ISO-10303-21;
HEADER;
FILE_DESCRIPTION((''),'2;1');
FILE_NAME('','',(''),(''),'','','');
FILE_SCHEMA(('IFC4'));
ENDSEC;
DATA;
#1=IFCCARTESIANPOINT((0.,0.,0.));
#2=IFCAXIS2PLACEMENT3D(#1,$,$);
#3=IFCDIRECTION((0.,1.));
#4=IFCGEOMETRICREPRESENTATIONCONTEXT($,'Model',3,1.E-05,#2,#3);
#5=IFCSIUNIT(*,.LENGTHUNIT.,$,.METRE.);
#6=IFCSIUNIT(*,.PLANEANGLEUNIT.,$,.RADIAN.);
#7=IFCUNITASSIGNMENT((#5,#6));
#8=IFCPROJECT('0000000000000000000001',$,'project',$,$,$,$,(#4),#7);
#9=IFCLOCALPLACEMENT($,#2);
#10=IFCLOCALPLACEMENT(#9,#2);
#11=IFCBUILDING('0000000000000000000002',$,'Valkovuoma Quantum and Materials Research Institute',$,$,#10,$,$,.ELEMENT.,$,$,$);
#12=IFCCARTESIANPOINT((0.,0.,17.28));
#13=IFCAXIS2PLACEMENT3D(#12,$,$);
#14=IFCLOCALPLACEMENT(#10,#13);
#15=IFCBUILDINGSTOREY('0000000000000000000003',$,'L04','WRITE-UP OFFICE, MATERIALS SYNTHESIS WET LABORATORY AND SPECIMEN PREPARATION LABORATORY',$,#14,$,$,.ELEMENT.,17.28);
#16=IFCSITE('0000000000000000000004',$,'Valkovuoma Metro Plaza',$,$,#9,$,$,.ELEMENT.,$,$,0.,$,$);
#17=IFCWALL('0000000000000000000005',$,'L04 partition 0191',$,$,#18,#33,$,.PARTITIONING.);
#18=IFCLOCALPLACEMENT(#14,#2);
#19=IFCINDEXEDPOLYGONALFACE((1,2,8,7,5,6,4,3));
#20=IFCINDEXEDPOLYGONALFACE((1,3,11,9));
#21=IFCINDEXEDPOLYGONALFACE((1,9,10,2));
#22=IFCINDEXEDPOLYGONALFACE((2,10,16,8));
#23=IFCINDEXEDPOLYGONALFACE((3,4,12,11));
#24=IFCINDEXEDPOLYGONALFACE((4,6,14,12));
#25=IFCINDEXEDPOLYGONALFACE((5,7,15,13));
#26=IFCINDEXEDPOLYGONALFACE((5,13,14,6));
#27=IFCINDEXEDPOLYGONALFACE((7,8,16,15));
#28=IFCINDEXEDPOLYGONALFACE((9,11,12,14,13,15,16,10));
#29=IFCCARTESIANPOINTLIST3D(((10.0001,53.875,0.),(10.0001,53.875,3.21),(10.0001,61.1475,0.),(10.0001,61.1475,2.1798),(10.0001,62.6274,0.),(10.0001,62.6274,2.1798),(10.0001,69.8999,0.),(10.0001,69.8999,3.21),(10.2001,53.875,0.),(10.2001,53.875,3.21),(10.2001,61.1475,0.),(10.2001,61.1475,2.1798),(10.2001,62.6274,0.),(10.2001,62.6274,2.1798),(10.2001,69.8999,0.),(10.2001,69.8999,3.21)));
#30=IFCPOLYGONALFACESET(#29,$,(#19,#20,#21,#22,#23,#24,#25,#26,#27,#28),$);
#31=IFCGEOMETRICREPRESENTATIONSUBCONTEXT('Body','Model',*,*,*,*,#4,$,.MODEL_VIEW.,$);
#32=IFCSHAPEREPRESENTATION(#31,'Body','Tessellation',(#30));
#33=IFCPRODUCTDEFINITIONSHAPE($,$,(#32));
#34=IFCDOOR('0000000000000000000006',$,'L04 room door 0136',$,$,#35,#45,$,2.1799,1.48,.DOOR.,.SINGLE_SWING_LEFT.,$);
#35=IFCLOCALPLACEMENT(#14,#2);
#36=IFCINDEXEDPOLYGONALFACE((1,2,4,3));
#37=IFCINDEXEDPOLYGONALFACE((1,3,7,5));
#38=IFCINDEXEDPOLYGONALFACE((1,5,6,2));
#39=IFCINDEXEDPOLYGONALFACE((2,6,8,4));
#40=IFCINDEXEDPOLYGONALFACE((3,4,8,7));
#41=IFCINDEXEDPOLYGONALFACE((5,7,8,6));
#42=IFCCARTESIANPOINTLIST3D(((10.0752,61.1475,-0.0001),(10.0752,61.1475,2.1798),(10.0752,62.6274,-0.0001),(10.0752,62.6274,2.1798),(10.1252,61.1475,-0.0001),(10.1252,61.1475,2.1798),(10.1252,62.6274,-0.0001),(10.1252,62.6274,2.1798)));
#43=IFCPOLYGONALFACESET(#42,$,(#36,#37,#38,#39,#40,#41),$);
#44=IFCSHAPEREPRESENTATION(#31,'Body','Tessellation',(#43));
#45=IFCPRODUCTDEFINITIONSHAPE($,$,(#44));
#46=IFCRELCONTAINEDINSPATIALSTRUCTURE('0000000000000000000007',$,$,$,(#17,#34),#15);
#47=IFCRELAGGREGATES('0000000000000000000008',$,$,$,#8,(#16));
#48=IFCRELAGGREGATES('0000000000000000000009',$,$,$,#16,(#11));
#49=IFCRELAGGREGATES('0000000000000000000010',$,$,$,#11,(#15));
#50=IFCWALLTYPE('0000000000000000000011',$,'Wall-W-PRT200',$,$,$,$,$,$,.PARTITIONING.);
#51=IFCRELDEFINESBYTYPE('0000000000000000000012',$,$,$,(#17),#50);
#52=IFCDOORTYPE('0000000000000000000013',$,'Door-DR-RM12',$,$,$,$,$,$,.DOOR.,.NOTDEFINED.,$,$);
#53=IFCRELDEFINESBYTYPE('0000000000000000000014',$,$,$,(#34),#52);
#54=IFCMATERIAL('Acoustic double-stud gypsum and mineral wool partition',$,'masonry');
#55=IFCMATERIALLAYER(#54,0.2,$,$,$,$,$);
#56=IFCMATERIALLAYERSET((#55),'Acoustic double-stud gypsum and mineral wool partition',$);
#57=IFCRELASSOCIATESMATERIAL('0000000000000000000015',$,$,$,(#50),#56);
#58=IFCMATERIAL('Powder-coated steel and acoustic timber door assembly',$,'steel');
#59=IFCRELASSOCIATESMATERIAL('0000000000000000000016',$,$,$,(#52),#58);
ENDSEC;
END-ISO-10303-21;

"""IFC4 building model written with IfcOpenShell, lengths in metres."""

from ifc_helpers import new_model, si_unit, direction, frame, frame_2d, origin, place, context, subcontext, project, spatial, rectangle, extrude, material, layer, layer_set, type_object, element, fill, save


model = new_model("IFC4")

# Units and contexts
model_context = context("Model", 3, precision=1e-05, world=origin(), true_north=direction((0.0, 1.0)))
body_context = subcontext(model_context, "Body", "Model", "MODEL_VIEW")
ifc_project = project(units=[si_unit("LENGTHUNIT", "METRE"), si_unit("PLANEANGLEUNIT", "RADIAN")], contexts=[model_context])

# Site, building, storey
site_placement = place(None, origin())
site = spatial("IfcSite", under=ifc_project, at=site_placement, Name="Valkovuoma Metro Plaza", CompositionType="ELEMENT", RefElevation=0.0)
building_placement = place(site_placement, origin())
building = spatial("IfcBuilding", under=site, at=building_placement, Name="Valkovuoma Quantum and Materials Research Institute", CompositionType="ELEMENT")
storey_placement = place(building_placement, frame((0.0, 0.0, 17.28)))
storey = spatial("IfcBuildingStorey", under=building, at=storey_placement, Name="L04", Description="WRITE-UP OFFICE, MATERIALS SYNTHESIS WET LABORATORY AND SPECIMEN PREPARATION LABORATORY", CompositionType="ELEMENT", Elevation=17.28)

# Wall, opening, door
ifc_material_1 = material(Name="Acoustic double-stud gypsum and mineral wool partition", Category="masonry")
ifc_layer_1 = layer(ifc_material_1, 0.2)
ifc_layer_set_1 = layer_set([ifc_layer_1], Name="Acoustic double-stud gypsum and mineral wool partition")
wall_type_1 = type_object("IfcWallType", Name="Wall-W-PRT200", PredefinedType="PARTITIONING", material=ifc_layer_set_1)
wall_1_placement = place(storey_placement, frame((10.1001, 53.875, 0.0), z_axis=(0.0, 0.0, 1.0), x_axis=(0.0, 1.0, 0.0)))
wall_1 = element("IfcWall", 1, at=wall_1_placement, inside=storey, type_object=wall_type_1, Name="L04 partition 0191", PredefinedType="PARTITIONING", context=body_context, shape_type="SweptSolid", body=[
    extrude(rectangle(XDim=16.0249, YDim=0.2, at=frame_2d((8.0125, 0.0))), origin(), (0.0, 0.0, 1.0), 3.21),
])
opening_1_placement = place(wall_1_placement, frame((7.2725, 0.0, 0.0)))
opening_1 = element("IfcOpeningElement", 2, at=opening_1_placement, cuts=wall_1, PredefinedType="OPENING", context=body_context, shape_type="SweptSolid", body=[
    extrude(rectangle(XDim=1.48, YDim=2.1799, at=frame_2d((0.74, 1.0898))), frame((0.0, 0.1099, 0.0), z_axis=(0.0, -1.0, 0.0), x_axis=(1.0, 0.0, 0.0)), (0.0, 0.0, 1.0), 0.22),
])
ifc_material_2 = material(Name="Powder-coated steel and acoustic timber door assembly", Category="steel")
door_type_1 = type_object("IfcDoorType", Name="Door-DR-RM12", OperationType="NOTDEFINED", PredefinedType="DOOR", material=ifc_material_2)
door_1_placement = place(opening_1_placement, origin())
door_1 = element("IfcDoor", 3, at=door_1_placement, inside=storey, type_object=door_type_1, Name="L04 room door 0136", OperationType="SINGLE_SWING_LEFT", OverallHeight=2.1799, OverallWidth=1.48, PredefinedType="DOOR", context=body_context, shape_type="SweptSolid", body=[
    extrude(rectangle(XDim=1.48, YDim=2.1799, at=frame_2d((0.74, 1.0898))), frame((0.0, 0.0249, 0.0), z_axis=(0.0, -1.0, 0.0), x_axis=(1.0, 0.0, 0.0)), (0.0, 0.0, 1.0), 0.05),
])
fill(opening_1, door_1)

save(model, "model.ifc")
